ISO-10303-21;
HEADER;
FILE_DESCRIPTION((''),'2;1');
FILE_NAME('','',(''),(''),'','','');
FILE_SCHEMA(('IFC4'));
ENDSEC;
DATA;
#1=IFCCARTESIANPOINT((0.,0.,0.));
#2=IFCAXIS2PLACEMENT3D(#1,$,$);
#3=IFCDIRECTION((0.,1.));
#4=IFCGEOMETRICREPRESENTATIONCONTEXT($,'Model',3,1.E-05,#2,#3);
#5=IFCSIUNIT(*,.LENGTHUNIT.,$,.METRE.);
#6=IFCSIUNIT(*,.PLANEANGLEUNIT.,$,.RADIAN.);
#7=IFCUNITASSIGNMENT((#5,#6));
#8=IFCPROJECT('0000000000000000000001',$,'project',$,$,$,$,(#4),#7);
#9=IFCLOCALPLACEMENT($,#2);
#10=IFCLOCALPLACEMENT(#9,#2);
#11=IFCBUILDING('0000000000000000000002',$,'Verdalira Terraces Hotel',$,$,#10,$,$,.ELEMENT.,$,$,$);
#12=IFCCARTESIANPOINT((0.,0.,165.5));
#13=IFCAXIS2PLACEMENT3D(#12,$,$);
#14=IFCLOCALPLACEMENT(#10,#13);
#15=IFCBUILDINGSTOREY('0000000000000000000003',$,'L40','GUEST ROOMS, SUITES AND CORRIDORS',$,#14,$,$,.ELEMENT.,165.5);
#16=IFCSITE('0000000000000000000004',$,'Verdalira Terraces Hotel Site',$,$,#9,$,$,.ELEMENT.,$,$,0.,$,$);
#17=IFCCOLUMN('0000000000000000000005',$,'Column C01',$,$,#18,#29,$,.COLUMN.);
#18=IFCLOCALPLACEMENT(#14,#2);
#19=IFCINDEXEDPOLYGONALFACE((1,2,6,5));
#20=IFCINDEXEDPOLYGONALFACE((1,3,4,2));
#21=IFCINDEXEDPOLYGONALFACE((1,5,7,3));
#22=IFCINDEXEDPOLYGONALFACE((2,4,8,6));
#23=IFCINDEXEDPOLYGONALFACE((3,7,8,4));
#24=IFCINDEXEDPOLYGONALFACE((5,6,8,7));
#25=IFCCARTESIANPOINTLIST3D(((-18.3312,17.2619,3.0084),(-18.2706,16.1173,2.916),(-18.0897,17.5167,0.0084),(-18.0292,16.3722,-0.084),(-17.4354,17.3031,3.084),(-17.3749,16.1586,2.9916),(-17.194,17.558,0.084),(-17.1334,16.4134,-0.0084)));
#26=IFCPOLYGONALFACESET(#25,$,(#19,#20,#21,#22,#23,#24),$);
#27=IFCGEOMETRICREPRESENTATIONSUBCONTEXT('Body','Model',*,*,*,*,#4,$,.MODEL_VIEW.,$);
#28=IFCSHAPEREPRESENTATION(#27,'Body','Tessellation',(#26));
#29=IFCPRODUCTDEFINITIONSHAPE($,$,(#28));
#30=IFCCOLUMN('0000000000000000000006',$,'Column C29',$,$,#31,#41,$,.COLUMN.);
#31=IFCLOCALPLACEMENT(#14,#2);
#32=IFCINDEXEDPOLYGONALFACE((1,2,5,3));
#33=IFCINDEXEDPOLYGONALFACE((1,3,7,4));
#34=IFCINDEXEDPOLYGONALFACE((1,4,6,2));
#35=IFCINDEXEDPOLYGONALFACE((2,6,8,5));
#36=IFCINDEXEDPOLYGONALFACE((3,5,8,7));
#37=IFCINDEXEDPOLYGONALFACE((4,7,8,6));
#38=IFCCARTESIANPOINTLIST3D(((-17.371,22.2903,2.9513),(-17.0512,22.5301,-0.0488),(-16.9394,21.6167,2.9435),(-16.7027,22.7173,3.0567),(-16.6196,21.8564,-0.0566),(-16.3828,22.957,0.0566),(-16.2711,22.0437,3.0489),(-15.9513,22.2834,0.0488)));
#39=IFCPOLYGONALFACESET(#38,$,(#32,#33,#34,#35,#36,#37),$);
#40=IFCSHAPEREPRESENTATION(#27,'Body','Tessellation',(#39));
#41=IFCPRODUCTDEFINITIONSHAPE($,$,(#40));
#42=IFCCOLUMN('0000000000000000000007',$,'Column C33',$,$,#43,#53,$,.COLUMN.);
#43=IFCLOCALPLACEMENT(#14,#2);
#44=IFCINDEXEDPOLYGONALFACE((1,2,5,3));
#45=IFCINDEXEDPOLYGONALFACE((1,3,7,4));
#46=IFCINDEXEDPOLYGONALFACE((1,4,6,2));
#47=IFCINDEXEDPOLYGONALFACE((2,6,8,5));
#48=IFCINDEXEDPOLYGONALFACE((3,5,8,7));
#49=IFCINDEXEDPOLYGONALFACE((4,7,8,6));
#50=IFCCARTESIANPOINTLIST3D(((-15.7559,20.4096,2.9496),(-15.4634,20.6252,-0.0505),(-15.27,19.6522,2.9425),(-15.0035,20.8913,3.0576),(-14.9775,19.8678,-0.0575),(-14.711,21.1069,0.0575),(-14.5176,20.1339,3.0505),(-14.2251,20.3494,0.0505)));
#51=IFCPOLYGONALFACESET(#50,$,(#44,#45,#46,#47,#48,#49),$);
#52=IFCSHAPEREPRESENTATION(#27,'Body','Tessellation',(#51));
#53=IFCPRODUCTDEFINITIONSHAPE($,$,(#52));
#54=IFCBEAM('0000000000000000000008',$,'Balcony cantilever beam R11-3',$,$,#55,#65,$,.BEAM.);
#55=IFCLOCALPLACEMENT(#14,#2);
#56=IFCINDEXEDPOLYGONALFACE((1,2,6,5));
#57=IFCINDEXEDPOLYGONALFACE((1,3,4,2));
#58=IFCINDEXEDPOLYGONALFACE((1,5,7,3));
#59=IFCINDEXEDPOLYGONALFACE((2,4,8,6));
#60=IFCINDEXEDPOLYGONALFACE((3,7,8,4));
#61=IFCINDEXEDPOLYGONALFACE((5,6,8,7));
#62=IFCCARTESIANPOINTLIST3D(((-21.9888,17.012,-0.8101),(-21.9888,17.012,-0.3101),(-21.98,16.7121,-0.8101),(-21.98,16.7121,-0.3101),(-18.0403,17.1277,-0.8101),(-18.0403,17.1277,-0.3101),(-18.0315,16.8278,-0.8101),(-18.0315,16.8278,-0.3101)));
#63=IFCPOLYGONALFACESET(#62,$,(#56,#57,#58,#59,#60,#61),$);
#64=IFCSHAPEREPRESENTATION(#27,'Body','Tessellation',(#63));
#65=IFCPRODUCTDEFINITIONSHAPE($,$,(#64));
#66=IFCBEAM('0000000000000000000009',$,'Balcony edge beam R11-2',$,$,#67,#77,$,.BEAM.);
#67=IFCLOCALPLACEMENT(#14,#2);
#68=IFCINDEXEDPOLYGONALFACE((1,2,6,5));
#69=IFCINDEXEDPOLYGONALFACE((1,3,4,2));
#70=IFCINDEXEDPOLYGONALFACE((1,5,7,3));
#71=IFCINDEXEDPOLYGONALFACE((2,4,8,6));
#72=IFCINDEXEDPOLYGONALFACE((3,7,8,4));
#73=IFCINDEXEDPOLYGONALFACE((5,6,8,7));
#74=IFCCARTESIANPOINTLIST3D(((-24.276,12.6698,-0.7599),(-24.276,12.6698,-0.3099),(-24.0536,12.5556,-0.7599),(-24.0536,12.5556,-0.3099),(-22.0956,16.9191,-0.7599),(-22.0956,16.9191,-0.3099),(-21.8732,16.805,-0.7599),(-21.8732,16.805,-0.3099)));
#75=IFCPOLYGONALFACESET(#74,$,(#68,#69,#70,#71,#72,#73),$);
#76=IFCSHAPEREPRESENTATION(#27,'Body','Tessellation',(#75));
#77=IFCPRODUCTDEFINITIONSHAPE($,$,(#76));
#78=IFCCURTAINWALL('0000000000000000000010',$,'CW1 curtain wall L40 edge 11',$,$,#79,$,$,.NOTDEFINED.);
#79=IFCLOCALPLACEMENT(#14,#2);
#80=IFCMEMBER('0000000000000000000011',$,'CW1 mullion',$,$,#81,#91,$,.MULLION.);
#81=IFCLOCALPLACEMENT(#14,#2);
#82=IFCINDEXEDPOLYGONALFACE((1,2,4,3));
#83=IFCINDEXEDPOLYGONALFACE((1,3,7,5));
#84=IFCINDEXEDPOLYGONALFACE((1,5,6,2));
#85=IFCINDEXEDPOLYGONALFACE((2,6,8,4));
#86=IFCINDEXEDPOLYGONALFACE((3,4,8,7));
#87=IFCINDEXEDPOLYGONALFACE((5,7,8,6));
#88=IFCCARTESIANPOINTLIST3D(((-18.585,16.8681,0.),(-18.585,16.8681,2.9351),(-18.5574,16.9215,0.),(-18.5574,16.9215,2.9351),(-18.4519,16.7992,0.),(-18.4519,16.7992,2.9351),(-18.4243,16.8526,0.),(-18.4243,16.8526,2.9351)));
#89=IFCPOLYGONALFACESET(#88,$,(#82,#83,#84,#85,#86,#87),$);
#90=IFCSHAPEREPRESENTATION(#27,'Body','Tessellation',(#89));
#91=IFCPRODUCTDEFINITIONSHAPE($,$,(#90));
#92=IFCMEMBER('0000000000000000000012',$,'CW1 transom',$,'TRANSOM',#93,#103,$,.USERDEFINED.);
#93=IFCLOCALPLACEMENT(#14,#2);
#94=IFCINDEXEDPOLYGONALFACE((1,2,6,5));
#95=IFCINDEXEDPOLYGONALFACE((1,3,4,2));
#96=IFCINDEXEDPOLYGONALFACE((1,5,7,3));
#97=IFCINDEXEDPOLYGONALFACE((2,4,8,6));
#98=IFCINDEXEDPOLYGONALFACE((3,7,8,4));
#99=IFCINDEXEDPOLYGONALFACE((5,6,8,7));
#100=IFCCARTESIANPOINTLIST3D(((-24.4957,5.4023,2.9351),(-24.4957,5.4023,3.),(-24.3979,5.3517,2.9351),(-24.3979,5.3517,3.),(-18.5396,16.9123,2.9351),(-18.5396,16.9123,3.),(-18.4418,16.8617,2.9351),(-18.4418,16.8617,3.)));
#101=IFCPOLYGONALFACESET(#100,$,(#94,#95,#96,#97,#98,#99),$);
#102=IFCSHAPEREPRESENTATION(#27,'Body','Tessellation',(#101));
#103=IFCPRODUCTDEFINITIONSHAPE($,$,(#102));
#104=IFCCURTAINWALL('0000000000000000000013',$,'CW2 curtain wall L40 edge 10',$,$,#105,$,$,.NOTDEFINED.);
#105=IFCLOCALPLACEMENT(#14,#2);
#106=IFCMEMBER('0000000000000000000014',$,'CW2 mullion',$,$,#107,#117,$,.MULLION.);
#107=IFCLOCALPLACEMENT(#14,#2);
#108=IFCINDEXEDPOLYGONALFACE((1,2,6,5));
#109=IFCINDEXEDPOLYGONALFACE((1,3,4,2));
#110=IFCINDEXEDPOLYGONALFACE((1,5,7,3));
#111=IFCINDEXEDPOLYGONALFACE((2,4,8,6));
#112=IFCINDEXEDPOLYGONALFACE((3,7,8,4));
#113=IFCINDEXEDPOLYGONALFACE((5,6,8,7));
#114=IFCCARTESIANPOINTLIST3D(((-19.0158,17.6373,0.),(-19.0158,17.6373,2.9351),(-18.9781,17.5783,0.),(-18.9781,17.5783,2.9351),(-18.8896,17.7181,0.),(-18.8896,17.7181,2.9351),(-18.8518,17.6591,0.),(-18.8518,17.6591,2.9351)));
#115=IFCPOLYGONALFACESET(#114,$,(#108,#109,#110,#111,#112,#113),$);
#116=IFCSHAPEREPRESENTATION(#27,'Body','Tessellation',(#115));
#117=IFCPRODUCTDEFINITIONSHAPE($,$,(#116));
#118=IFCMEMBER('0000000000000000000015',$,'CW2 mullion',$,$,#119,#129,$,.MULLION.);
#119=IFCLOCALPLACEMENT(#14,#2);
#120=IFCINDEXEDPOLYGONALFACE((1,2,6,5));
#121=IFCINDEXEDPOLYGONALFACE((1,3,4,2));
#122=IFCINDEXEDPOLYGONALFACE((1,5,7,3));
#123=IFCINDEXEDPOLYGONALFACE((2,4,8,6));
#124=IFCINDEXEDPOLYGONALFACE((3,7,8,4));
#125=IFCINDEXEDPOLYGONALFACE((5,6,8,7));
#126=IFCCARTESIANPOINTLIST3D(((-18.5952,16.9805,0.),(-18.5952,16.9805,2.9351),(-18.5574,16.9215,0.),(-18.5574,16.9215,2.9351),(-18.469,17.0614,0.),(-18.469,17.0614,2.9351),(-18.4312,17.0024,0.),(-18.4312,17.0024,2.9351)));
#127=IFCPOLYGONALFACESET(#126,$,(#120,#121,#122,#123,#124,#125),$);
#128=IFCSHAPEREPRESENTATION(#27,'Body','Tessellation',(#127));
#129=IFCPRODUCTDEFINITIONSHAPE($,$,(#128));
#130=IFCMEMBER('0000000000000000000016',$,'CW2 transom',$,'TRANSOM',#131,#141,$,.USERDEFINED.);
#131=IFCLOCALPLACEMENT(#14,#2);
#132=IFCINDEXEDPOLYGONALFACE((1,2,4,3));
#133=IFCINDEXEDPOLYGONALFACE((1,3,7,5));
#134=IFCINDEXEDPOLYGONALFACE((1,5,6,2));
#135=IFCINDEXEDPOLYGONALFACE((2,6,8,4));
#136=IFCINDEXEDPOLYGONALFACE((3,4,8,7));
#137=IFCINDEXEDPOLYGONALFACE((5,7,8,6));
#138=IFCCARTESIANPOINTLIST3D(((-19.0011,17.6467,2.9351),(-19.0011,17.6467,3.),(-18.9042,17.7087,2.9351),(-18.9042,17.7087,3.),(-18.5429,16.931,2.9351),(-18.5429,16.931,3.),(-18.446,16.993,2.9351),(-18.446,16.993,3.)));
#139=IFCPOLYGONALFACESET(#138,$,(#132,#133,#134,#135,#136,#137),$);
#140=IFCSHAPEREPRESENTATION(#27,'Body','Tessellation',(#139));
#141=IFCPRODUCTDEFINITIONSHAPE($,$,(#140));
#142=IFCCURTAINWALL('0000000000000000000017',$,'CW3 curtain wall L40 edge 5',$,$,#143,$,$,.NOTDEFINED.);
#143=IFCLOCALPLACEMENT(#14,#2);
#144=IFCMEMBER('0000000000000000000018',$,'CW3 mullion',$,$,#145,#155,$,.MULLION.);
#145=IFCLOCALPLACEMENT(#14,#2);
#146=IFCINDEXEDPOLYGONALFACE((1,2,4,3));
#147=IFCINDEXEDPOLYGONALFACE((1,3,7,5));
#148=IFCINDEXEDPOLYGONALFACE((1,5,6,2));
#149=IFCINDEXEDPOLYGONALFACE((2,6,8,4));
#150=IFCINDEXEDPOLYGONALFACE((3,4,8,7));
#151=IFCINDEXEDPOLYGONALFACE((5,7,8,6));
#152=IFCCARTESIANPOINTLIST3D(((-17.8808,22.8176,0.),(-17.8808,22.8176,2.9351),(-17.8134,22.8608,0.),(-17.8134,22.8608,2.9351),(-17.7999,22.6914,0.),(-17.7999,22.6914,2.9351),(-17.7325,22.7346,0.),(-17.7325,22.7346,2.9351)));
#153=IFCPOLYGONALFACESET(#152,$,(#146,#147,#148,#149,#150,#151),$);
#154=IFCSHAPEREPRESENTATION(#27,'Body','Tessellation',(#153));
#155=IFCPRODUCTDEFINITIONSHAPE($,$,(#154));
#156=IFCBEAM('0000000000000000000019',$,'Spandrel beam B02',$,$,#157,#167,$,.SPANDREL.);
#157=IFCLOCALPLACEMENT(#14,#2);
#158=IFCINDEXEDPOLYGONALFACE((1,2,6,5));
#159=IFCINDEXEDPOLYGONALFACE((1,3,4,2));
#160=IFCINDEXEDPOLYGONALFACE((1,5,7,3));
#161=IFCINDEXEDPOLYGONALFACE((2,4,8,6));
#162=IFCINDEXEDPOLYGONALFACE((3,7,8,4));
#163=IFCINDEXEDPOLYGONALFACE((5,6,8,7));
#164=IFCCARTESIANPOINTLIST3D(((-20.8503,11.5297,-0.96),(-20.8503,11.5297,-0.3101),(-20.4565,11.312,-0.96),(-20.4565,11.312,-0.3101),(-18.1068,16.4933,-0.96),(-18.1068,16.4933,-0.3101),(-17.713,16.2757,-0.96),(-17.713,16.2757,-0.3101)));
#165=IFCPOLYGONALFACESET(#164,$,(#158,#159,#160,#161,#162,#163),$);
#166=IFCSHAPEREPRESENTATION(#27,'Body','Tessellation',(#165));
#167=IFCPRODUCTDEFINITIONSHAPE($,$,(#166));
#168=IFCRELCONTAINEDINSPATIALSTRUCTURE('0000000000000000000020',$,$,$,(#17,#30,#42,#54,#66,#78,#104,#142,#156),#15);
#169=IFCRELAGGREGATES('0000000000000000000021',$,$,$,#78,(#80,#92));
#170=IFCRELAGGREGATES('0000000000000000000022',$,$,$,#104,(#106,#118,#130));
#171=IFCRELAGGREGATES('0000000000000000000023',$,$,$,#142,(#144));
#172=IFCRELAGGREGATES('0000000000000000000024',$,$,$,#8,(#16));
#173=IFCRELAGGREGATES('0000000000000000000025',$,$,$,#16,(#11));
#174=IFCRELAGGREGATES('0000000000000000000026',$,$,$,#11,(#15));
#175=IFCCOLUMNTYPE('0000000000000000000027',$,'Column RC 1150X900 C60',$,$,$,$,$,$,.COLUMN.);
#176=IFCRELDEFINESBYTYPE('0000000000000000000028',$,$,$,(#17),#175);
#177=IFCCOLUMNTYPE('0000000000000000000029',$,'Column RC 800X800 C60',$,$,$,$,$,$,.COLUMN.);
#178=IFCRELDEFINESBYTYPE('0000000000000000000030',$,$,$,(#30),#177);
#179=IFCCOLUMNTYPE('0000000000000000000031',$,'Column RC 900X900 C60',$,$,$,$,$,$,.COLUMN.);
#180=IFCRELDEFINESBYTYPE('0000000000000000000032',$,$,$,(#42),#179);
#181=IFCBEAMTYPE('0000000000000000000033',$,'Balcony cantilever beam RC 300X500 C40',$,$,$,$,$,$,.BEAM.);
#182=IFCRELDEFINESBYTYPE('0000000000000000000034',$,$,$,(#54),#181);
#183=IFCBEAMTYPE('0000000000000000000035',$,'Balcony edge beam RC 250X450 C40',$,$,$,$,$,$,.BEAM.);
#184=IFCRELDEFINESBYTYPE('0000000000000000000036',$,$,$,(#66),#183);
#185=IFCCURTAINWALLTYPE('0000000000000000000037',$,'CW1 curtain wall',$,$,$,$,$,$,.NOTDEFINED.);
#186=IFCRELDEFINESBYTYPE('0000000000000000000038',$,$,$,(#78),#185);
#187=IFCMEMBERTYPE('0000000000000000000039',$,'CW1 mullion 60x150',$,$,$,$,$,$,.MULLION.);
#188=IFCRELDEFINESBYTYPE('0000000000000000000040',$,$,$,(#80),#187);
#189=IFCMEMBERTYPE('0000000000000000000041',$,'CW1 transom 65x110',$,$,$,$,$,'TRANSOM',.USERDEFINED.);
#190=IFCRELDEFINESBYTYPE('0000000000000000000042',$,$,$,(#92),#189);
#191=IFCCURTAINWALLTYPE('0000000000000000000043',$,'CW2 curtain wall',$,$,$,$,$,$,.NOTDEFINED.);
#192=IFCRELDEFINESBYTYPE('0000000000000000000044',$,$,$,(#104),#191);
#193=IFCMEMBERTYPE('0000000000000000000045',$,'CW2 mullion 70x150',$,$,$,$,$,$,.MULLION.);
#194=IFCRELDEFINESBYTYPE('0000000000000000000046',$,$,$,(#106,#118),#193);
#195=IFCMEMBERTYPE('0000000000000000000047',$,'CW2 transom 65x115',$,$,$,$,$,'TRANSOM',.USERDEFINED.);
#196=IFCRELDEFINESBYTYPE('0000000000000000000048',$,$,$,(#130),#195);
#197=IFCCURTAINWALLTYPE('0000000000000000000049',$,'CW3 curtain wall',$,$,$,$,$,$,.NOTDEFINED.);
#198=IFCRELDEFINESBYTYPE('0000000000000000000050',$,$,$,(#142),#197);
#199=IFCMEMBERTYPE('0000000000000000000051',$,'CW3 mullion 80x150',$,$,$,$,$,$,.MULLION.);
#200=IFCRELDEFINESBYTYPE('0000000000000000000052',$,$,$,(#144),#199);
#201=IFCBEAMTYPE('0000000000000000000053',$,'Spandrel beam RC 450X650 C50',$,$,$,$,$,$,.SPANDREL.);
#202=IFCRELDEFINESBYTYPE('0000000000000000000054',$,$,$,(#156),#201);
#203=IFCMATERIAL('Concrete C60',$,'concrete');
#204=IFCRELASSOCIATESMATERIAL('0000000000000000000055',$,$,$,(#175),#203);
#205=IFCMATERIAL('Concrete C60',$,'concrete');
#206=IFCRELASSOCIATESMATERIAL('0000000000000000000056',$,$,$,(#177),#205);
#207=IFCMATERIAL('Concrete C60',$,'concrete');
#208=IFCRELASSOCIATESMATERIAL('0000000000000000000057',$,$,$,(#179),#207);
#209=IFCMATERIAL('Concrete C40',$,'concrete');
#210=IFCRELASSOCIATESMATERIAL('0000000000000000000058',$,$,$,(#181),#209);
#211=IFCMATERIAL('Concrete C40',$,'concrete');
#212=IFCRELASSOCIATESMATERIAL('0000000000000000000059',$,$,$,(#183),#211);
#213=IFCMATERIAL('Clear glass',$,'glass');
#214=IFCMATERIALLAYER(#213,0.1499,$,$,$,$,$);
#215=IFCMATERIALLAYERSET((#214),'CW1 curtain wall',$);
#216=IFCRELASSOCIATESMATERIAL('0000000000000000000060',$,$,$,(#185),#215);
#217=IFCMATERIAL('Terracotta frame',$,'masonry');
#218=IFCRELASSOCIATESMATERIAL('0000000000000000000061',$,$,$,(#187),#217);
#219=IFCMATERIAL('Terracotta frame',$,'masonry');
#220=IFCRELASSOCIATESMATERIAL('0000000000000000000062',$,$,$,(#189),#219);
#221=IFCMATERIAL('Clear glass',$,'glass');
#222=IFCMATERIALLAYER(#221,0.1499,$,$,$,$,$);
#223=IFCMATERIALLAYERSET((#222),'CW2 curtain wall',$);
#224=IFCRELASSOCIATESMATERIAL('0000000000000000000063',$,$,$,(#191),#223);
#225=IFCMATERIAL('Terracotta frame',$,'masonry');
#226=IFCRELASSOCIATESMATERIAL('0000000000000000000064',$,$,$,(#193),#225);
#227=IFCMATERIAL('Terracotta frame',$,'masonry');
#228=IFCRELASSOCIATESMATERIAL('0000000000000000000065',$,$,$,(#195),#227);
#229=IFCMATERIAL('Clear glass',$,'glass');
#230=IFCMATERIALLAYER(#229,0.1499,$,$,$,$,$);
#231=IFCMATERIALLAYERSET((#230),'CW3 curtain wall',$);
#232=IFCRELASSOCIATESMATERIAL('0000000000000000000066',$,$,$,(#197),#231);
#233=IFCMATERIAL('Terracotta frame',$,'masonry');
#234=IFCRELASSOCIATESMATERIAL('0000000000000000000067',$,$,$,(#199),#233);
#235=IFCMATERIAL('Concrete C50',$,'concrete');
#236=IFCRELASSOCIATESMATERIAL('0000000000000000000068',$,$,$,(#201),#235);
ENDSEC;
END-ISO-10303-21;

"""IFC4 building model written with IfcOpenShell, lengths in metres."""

from ifc_helpers import new_model, si_unit, direction, frame, origin, origin_2d, place, context, subcontext, project, spatial, rectangle, extrude, material, layer, layer_set, material_profile, profile_set, type_object, element, aggregate, save


model = new_model("IFC4")

# Units and contexts
model_context = context("Model", 3, precision=1e-05, world=origin(), true_north=direction((0.0, 1.0)))
body_context = subcontext(model_context, "Body", "Model", "MODEL_VIEW")
ifc_project = project(units=[si_unit("LENGTHUNIT", "METRE"), si_unit("PLANEANGLEUNIT", "RADIAN")], contexts=[model_context])

# Site, building, storey
site_placement = place(None, origin())
site = spatial("IfcSite", under=ifc_project, at=site_placement, Name="Verdalira Terraces Hotel Site", CompositionType="ELEMENT", RefElevation=0.0)
building_placement = place(site_placement, origin())
building = spatial("IfcBuilding", under=site, at=building_placement, Name="Verdalira Terraces Hotel", CompositionType="ELEMENT")
storey_placement = place(building_placement, frame((0.0, 0.0, 165.5)))
storey = spatial("IfcBuildingStorey", under=building, at=storey_placement, Name="L40", Description="GUEST ROOMS, SUITES AND CORRIDORS", CompositionType="ELEMENT", Elevation=165.5)

# Columns
ifc_material_1 = material(Name="Concrete C60", Category="concrete")
ifc_material_profile_1 = material_profile(ifc_material_1, rectangle(XDim=1.1499, YDim=0.8999, at=origin_2d()), Name="RC 1150X900")
ifc_profile_set_1 = profile_set([ifc_material_profile_1], Name="Concrete C60")
column_type_1 = type_object("IfcColumnType", Name="Column RC 1150X900 C60", PredefinedType="COLUMN", material=ifc_profile_set_1)
column_1_placement = place(storey_placement, frame((-17.6116, 16.9651, 0.0), z_axis=(-0.079939, -0.084385, 0.993221), x_axis=(-0.052653, 0.995377, 0.08033)))
element("IfcColumn", 1, at=column_1_placement, inside=storey, type_object=column_type_1, Name="Column C01", PredefinedType="COLUMN", context=body_context, shape_type="SweptSolid", body=[
    extrude(rectangle(XDim=1.1499, YDim=0.8999, at=origin_2d()), origin(), (0.0, 0.0, 1.0), 3.0205),
])
ifc_material_2 = material(Name="Concrete C60", Category="concrete")
ifc_material_profile_2 = material_profile(ifc_material_2, rectangle(XDim=0.8, YDim=0.8, at=origin_2d()), Name="RC 800X800")
ifc_profile_set_2 = profile_set([ifc_material_profile_2], Name="Concrete C60")
column_type_2 = type_object("IfcColumnType", Name="Column RC 800X800 C60", PredefinedType="COLUMN", material=ifc_profile_set_2)
column_2_placement = place(storey_placement, frame((-16.5012, 22.4067, 0.0), z_axis=(-0.105674, -0.079215, 0.991241), x_axis=(-0.835373, -0.533671, -0.131706)))
element("IfcColumn", 2, at=column_2_placement, inside=storey, type_object=column_type_2, Name="Column C29", PredefinedType="COLUMN", context=body_context, shape_type="SweptSolid", body=[
    extrude(rectangle(XDim=0.8, YDim=0.8, at=origin_2d()), origin(), (0.0, 0.0, 1.0), 3.0266),
])
ifc_material_3 = material(Name="Concrete C60", Category="concrete")
ifc_material_profile_3 = material_profile(ifc_material_3, rectangle(XDim=0.8999, YDim=0.8999, at=origin_2d()), Name="RC 900X900")
ifc_profile_set_3 = profile_set([ifc_material_profile_3], Name="Concrete C60")
column_type_3 = type_object("IfcColumnType", Name="Column RC 900X900 C60", PredefinedType="COLUMN", material=ifc_profile_set_3)
column_3_placement = place(storey_placement, frame((-14.8442, 20.4873, 0.0), z_axis=(-0.096786, -0.071337, 0.992745), x_axis=(-0.539948, 0.841662, 0.007839)))
element("IfcColumn", 3, at=column_3_placement, inside=storey, type_object=column_type_3, Name="Column C33", PredefinedType="COLUMN", context=body_context, shape_type="SweptSolid", body=[
    extrude(rectangle(XDim=0.8999, YDim=0.8999, at=origin_2d()), origin(), (0.0, 0.0, 1.0), 3.022),
])

# Beams
ifc_material_4 = material(Name="Concrete C40", Category="concrete")
ifc_material_profile_4 = material_profile(ifc_material_4, rectangle(XDim=0.3, YDim=0.5, at=origin_2d()), Name="RC 300X500")
ifc_profile_set_4 = profile_set([ifc_material_profile_4], Name="Concrete C40")
beam_type_1 = type_object("IfcBeamType", Name="Balcony cantilever beam RC 300X500 C40", PredefinedType="BEAM", material=ifc_profile_set_4)
beam_1_placement = place(storey_placement, frame((-18.0359, 16.9778, -0.5601), z_axis=(-0.999571, -0.029296, 0.0), x_axis=(0.029296, -0.999571, 0.0)))
element("IfcBeam", 4, at=beam_1_placement, inside=storey, type_object=beam_type_1, Name="Balcony cantilever beam R11-3", PredefinedType="BEAM", context=body_context, shape_type="SweptSolid", body=[
    extrude(rectangle(XDim=0.3, YDim=0.5, at=origin_2d()), origin(), (0.0, 0.0, 1.0), 3.9502),
])
ifc_material_5 = material(Name="Concrete C40", Category="concrete")
ifc_material_profile_5 = material_profile(ifc_material_5, rectangle(XDim=0.25, YDim=0.45, at=origin_2d()), Name="RC 250X450")
ifc_profile_set_5 = profile_set([ifc_material_profile_5], Name="Concrete C40")
beam_type_2 = type_object("IfcBeamType", Name="Balcony edge beam RC 250X450 C40", PredefinedType="BEAM", material=ifc_profile_set_5)
beam_2_placement = place(storey_placement, frame((-21.9844, 16.8621, -0.5349), z_axis=(-0.456534, -0.889706, 0.0), x_axis=(0.889706, -0.456534, 0.0)))
element("IfcBeam", 5, at=beam_2_placement, inside=storey, type_object=beam_type_2, Name="Balcony edge beam R11-2", PredefinedType="BEAM", context=body_context, shape_type="SweptSolid", body=[
    extrude(rectangle(XDim=0.25, YDim=0.45, at=origin_2d()), origin(), (0.0, 0.0, 1.0), 4.7761),
])

# Curtain walls, members
ifc_material_6 = material(Name="Clear glass", Category="glass")
ifc_layer_1 = layer(ifc_material_6, 0.1499)
ifc_layer_set_1 = layer_set([ifc_layer_1], Name="CW1 curtain wall")
curtain_wall_type_1 = type_object("IfcCurtainWallType", Name="CW1 curtain wall", PredefinedType="NOTDEFINED", material=ifc_layer_set_1)
curtain_wall_1_placement = place(storey_placement, origin())
curtain_wall_1 = element("IfcCurtainWall", 6, at=curtain_wall_1_placement, inside=storey, type_object=curtain_wall_type_1, Name="CW1 curtain wall L40 edge 11", PredefinedType="NOTDEFINED")
ifc_material_7 = material(Name="Terracotta frame", Category="masonry")
ifc_material_profile_6 = material_profile(ifc_material_7, rectangle(XDim=0.0601, YDim=0.1499, at=origin_2d()), Name="MU 60x150")
ifc_profile_set_6 = profile_set([ifc_material_profile_6], Name="Terracotta frame")
member_type_1 = type_object("IfcMemberType", Name="CW1 mullion 60x150", PredefinedType="MULLION", material=ifc_profile_set_6)
member_1_placement = place(storey_placement, frame((-18.5046, 16.8604, 0.0), z_axis=(0.0, 0.0, 1.0), x_axis=(-0.45958, -0.888136, 0.0)))
member_1 = element("IfcMember", 7, at=member_1_placement, type_object=member_type_1, Name="CW1 mullion", PredefinedType="MULLION", context=body_context, shape_type="SweptSolid", body=[
    extrude(rectangle(XDim=0.0601, YDim=0.1499, at=origin_2d()), origin(), (0.0, 0.0, 1.0), 2.9351),
])
ifc_material_8 = material(Name="Terracotta frame", Category="masonry")
ifc_material_profile_7 = material_profile(ifc_material_8, rectangle(XDim=0.1101, YDim=0.0649, at=origin_2d()), Name="TR 65x110")
ifc_profile_set_7 = profile_set([ifc_material_profile_7], Name="Terracotta frame")
member_type_2 = type_object("IfcMemberType", Name="CW1 transom 65x110", ElementType="TRANSOM", PredefinedType="USERDEFINED", material=ifc_profile_set_7)
member_2_placement = place(storey_placement, frame((-18.4907, 16.887, 2.9675), z_axis=(-0.459581, -0.888136, 0.0), x_axis=(0.888136, -0.459581, 0.0)))
member_2 = element("IfcMember", 8, at=member_2_placement, type_object=member_type_2, Name="CW1 transom", ObjectType="TRANSOM", PredefinedType="USERDEFINED", context=body_context, shape_type="SweptSolid", body=[
    extrude(rectangle(XDim=0.1101, YDim=0.0649, at=origin_2d()), origin(), (0.0, 0.0, 1.0), 12.9597),
])
ifc_material_9 = material(Name="Clear glass", Category="glass")
ifc_layer_2 = layer(ifc_material_9, 0.1499)
ifc_layer_set_2 = layer_set([ifc_layer_2], Name="CW2 curtain wall")
curtain_wall_type_2 = type_object("IfcCurtainWallType", Name="CW2 curtain wall", PredefinedType="NOTDEFINED", material=ifc_layer_set_2)
curtain_wall_2_placement = place(storey_placement, origin())
curtain_wall_2 = element("IfcCurtainWall", 9, at=curtain_wall_2_placement, inside=storey, type_object=curtain_wall_type_2, Name="CW2 curtain wall L40 edge 10", PredefinedType="NOTDEFINED")
ifc_material_10 = material(Name="Terracotta frame", Category="masonry")
ifc_material_profile_8 = material_profile(ifc_material_10, rectangle(XDim=0.0701, YDim=0.1499, at=origin_2d()), Name="MU 70x150")
ifc_profile_set_8 = profile_set([ifc_material_profile_8], Name="Terracotta frame")
member_type_3 = type_object("IfcMemberType", Name="CW2 mullion 70x150", PredefinedType="MULLION", material=ifc_profile_set_8)
member_3_placement = place(storey_placement, frame((-18.9338, 17.6482, 0.0), z_axis=(0.0, 0.0, 1.0), x_axis=(0.539359, -0.842076, 0.0)))
member_3 = element("IfcMember", 10, at=member_3_placement, type_object=member_type_3, Name="CW2 mullion", PredefinedType="MULLION", context=body_context, shape_type="SweptSolid", body=[
    extrude(rectangle(XDim=0.0701, YDim=0.1499, at=origin_2d()), origin(), (0.0, 0.0, 1.0), 2.9351),
])
member_4_placement = place(storey_placement, frame((-18.5132, 16.9915, 0.0), z_axis=(0.0, 0.0, 1.0), x_axis=(0.539359, -0.842076, 0.0)))
member_4 = element("IfcMember", 11, at=member_4_placement, type_object=member_type_3, Name="CW2 mullion", PredefinedType="MULLION", context=body_context, shape_type="SweptSolid", body=[
    extrude(rectangle(XDim=0.0701, YDim=0.1499, at=origin_2d()), origin(), (0.0, 0.0, 1.0), 2.9351),
])
ifc_material_11 = material(Name="Terracotta frame", Category="masonry")
ifc_material_profile_9 = material_profile(ifc_material_11, rectangle(XDim=0.115, YDim=0.0649, at=origin_2d()), Name="TR 65x115")
ifc_profile_set_9 = profile_set([ifc_material_profile_9], Name="Terracotta frame")
member_type_4 = type_object("IfcMemberType", Name="CW2 transom 65x115", ElementType="TRANSOM", PredefinedType="USERDEFINED", material=ifc_profile_set_9)
member_5_placement = place(storey_placement, frame((-18.9526, 17.6777, 2.9675), z_axis=(0.53916, -0.842204, 0.0), x_axis=(0.842204, 0.53916, 0.0)))
member_5 = element("IfcMember", 12, at=member_5_placement, type_object=member_type_4, Name="CW2 transom", ObjectType="TRANSOM", PredefinedType="USERDEFINED", context=body_context, shape_type="SweptSolid", body=[
    extrude(rectangle(XDim=0.115, YDim=0.0649, at=origin_2d()), origin(), (0.0, 0.0, 1.0), 0.8499),
])

# Curtain wall, member
ifc_material_12 = material(Name="Clear glass", Category="glass")
ifc_layer_3 = layer(ifc_material_12, 0.1499)
ifc_layer_set_3 = layer_set([ifc_layer_3], Name="CW3 curtain wall")
curtain_wall_type_3 = type_object("IfcCurtainWallType", Name="CW3 curtain wall", PredefinedType="NOTDEFINED", material=ifc_layer_set_3)
curtain_wall_3_placement = place(storey_placement, origin())
curtain_wall_3 = element("IfcCurtainWall", 13, at=curtain_wall_3_placement, inside=storey, type_object=curtain_wall_type_3, Name="CW3 curtain wall L40 edge 5", PredefinedType="NOTDEFINED")
ifc_material_13 = material(Name="Terracotta frame", Category="masonry")
ifc_material_profile_10 = material_profile(ifc_material_13, rectangle(XDim=0.0801, YDim=0.1499, at=origin_2d()), Name="MU 80x150")
ifc_profile_set_10 = profile_set([ifc_material_profile_10], Name="Terracotta frame")
member_type_5 = type_object("IfcMemberType", Name="CW3 mullion 80x150", PredefinedType="MULLION", material=ifc_profile_set_10)
member_6_placement = place(storey_placement, frame((-17.8066, 22.7761, 0.0), z_axis=(0.0, 0.0, 1.0), x_axis=(-0.842076, -0.539359, 0.0)))
member_6 = element("IfcMember", 14, at=member_6_placement, type_object=member_type_5, Name="CW3 mullion", PredefinedType="MULLION", context=body_context, shape_type="SweptSolid", body=[
    extrude(rectangle(XDim=0.0801, YDim=0.1499, at=origin_2d()), origin(), (0.0, 0.0, 1.0), 2.9351),
])

# Beam
ifc_material_14 = material(Name="Concrete C50", Category="concrete")
ifc_material_profile_11 = material_profile(ifc_material_14, rectangle(XDim=0.45, YDim=0.6499, at=origin_2d()), Name="RC 450X650")
ifc_profile_set_11 = profile_set([ifc_material_profile_11], Name="Concrete C50")
beam_type_3 = type_object("IfcBeamType", Name="Spandrel beam RC 450X650 C50", PredefinedType="SPANDREL", material=ifc_profile_set_11)
beam_3_placement = place(storey_placement, frame((-17.9099, 16.3845, -0.635), z_axis=(-0.483734, -0.875215, 0.0), x_axis=(0.875215, -0.483734, 0.0)))
element("IfcBeam", 15, at=beam_3_placement, inside=storey, type_object=beam_type_3, Name="Spandrel beam B02", PredefinedType="SPANDREL", context=body_context, shape_type="SweptSolid", body=[
    extrude(rectangle(XDim=0.45, YDim=0.6499, at=origin_2d()), origin(), (0.0, 0.0, 1.0), 5.6714),
])

aggregate(curtain_wall_1, [member_1, member_2])
aggregate(curtain_wall_2, [member_3, member_4, member_5])
aggregate(curtain_wall_3, [member_6])

save(model, "model.ifc")
